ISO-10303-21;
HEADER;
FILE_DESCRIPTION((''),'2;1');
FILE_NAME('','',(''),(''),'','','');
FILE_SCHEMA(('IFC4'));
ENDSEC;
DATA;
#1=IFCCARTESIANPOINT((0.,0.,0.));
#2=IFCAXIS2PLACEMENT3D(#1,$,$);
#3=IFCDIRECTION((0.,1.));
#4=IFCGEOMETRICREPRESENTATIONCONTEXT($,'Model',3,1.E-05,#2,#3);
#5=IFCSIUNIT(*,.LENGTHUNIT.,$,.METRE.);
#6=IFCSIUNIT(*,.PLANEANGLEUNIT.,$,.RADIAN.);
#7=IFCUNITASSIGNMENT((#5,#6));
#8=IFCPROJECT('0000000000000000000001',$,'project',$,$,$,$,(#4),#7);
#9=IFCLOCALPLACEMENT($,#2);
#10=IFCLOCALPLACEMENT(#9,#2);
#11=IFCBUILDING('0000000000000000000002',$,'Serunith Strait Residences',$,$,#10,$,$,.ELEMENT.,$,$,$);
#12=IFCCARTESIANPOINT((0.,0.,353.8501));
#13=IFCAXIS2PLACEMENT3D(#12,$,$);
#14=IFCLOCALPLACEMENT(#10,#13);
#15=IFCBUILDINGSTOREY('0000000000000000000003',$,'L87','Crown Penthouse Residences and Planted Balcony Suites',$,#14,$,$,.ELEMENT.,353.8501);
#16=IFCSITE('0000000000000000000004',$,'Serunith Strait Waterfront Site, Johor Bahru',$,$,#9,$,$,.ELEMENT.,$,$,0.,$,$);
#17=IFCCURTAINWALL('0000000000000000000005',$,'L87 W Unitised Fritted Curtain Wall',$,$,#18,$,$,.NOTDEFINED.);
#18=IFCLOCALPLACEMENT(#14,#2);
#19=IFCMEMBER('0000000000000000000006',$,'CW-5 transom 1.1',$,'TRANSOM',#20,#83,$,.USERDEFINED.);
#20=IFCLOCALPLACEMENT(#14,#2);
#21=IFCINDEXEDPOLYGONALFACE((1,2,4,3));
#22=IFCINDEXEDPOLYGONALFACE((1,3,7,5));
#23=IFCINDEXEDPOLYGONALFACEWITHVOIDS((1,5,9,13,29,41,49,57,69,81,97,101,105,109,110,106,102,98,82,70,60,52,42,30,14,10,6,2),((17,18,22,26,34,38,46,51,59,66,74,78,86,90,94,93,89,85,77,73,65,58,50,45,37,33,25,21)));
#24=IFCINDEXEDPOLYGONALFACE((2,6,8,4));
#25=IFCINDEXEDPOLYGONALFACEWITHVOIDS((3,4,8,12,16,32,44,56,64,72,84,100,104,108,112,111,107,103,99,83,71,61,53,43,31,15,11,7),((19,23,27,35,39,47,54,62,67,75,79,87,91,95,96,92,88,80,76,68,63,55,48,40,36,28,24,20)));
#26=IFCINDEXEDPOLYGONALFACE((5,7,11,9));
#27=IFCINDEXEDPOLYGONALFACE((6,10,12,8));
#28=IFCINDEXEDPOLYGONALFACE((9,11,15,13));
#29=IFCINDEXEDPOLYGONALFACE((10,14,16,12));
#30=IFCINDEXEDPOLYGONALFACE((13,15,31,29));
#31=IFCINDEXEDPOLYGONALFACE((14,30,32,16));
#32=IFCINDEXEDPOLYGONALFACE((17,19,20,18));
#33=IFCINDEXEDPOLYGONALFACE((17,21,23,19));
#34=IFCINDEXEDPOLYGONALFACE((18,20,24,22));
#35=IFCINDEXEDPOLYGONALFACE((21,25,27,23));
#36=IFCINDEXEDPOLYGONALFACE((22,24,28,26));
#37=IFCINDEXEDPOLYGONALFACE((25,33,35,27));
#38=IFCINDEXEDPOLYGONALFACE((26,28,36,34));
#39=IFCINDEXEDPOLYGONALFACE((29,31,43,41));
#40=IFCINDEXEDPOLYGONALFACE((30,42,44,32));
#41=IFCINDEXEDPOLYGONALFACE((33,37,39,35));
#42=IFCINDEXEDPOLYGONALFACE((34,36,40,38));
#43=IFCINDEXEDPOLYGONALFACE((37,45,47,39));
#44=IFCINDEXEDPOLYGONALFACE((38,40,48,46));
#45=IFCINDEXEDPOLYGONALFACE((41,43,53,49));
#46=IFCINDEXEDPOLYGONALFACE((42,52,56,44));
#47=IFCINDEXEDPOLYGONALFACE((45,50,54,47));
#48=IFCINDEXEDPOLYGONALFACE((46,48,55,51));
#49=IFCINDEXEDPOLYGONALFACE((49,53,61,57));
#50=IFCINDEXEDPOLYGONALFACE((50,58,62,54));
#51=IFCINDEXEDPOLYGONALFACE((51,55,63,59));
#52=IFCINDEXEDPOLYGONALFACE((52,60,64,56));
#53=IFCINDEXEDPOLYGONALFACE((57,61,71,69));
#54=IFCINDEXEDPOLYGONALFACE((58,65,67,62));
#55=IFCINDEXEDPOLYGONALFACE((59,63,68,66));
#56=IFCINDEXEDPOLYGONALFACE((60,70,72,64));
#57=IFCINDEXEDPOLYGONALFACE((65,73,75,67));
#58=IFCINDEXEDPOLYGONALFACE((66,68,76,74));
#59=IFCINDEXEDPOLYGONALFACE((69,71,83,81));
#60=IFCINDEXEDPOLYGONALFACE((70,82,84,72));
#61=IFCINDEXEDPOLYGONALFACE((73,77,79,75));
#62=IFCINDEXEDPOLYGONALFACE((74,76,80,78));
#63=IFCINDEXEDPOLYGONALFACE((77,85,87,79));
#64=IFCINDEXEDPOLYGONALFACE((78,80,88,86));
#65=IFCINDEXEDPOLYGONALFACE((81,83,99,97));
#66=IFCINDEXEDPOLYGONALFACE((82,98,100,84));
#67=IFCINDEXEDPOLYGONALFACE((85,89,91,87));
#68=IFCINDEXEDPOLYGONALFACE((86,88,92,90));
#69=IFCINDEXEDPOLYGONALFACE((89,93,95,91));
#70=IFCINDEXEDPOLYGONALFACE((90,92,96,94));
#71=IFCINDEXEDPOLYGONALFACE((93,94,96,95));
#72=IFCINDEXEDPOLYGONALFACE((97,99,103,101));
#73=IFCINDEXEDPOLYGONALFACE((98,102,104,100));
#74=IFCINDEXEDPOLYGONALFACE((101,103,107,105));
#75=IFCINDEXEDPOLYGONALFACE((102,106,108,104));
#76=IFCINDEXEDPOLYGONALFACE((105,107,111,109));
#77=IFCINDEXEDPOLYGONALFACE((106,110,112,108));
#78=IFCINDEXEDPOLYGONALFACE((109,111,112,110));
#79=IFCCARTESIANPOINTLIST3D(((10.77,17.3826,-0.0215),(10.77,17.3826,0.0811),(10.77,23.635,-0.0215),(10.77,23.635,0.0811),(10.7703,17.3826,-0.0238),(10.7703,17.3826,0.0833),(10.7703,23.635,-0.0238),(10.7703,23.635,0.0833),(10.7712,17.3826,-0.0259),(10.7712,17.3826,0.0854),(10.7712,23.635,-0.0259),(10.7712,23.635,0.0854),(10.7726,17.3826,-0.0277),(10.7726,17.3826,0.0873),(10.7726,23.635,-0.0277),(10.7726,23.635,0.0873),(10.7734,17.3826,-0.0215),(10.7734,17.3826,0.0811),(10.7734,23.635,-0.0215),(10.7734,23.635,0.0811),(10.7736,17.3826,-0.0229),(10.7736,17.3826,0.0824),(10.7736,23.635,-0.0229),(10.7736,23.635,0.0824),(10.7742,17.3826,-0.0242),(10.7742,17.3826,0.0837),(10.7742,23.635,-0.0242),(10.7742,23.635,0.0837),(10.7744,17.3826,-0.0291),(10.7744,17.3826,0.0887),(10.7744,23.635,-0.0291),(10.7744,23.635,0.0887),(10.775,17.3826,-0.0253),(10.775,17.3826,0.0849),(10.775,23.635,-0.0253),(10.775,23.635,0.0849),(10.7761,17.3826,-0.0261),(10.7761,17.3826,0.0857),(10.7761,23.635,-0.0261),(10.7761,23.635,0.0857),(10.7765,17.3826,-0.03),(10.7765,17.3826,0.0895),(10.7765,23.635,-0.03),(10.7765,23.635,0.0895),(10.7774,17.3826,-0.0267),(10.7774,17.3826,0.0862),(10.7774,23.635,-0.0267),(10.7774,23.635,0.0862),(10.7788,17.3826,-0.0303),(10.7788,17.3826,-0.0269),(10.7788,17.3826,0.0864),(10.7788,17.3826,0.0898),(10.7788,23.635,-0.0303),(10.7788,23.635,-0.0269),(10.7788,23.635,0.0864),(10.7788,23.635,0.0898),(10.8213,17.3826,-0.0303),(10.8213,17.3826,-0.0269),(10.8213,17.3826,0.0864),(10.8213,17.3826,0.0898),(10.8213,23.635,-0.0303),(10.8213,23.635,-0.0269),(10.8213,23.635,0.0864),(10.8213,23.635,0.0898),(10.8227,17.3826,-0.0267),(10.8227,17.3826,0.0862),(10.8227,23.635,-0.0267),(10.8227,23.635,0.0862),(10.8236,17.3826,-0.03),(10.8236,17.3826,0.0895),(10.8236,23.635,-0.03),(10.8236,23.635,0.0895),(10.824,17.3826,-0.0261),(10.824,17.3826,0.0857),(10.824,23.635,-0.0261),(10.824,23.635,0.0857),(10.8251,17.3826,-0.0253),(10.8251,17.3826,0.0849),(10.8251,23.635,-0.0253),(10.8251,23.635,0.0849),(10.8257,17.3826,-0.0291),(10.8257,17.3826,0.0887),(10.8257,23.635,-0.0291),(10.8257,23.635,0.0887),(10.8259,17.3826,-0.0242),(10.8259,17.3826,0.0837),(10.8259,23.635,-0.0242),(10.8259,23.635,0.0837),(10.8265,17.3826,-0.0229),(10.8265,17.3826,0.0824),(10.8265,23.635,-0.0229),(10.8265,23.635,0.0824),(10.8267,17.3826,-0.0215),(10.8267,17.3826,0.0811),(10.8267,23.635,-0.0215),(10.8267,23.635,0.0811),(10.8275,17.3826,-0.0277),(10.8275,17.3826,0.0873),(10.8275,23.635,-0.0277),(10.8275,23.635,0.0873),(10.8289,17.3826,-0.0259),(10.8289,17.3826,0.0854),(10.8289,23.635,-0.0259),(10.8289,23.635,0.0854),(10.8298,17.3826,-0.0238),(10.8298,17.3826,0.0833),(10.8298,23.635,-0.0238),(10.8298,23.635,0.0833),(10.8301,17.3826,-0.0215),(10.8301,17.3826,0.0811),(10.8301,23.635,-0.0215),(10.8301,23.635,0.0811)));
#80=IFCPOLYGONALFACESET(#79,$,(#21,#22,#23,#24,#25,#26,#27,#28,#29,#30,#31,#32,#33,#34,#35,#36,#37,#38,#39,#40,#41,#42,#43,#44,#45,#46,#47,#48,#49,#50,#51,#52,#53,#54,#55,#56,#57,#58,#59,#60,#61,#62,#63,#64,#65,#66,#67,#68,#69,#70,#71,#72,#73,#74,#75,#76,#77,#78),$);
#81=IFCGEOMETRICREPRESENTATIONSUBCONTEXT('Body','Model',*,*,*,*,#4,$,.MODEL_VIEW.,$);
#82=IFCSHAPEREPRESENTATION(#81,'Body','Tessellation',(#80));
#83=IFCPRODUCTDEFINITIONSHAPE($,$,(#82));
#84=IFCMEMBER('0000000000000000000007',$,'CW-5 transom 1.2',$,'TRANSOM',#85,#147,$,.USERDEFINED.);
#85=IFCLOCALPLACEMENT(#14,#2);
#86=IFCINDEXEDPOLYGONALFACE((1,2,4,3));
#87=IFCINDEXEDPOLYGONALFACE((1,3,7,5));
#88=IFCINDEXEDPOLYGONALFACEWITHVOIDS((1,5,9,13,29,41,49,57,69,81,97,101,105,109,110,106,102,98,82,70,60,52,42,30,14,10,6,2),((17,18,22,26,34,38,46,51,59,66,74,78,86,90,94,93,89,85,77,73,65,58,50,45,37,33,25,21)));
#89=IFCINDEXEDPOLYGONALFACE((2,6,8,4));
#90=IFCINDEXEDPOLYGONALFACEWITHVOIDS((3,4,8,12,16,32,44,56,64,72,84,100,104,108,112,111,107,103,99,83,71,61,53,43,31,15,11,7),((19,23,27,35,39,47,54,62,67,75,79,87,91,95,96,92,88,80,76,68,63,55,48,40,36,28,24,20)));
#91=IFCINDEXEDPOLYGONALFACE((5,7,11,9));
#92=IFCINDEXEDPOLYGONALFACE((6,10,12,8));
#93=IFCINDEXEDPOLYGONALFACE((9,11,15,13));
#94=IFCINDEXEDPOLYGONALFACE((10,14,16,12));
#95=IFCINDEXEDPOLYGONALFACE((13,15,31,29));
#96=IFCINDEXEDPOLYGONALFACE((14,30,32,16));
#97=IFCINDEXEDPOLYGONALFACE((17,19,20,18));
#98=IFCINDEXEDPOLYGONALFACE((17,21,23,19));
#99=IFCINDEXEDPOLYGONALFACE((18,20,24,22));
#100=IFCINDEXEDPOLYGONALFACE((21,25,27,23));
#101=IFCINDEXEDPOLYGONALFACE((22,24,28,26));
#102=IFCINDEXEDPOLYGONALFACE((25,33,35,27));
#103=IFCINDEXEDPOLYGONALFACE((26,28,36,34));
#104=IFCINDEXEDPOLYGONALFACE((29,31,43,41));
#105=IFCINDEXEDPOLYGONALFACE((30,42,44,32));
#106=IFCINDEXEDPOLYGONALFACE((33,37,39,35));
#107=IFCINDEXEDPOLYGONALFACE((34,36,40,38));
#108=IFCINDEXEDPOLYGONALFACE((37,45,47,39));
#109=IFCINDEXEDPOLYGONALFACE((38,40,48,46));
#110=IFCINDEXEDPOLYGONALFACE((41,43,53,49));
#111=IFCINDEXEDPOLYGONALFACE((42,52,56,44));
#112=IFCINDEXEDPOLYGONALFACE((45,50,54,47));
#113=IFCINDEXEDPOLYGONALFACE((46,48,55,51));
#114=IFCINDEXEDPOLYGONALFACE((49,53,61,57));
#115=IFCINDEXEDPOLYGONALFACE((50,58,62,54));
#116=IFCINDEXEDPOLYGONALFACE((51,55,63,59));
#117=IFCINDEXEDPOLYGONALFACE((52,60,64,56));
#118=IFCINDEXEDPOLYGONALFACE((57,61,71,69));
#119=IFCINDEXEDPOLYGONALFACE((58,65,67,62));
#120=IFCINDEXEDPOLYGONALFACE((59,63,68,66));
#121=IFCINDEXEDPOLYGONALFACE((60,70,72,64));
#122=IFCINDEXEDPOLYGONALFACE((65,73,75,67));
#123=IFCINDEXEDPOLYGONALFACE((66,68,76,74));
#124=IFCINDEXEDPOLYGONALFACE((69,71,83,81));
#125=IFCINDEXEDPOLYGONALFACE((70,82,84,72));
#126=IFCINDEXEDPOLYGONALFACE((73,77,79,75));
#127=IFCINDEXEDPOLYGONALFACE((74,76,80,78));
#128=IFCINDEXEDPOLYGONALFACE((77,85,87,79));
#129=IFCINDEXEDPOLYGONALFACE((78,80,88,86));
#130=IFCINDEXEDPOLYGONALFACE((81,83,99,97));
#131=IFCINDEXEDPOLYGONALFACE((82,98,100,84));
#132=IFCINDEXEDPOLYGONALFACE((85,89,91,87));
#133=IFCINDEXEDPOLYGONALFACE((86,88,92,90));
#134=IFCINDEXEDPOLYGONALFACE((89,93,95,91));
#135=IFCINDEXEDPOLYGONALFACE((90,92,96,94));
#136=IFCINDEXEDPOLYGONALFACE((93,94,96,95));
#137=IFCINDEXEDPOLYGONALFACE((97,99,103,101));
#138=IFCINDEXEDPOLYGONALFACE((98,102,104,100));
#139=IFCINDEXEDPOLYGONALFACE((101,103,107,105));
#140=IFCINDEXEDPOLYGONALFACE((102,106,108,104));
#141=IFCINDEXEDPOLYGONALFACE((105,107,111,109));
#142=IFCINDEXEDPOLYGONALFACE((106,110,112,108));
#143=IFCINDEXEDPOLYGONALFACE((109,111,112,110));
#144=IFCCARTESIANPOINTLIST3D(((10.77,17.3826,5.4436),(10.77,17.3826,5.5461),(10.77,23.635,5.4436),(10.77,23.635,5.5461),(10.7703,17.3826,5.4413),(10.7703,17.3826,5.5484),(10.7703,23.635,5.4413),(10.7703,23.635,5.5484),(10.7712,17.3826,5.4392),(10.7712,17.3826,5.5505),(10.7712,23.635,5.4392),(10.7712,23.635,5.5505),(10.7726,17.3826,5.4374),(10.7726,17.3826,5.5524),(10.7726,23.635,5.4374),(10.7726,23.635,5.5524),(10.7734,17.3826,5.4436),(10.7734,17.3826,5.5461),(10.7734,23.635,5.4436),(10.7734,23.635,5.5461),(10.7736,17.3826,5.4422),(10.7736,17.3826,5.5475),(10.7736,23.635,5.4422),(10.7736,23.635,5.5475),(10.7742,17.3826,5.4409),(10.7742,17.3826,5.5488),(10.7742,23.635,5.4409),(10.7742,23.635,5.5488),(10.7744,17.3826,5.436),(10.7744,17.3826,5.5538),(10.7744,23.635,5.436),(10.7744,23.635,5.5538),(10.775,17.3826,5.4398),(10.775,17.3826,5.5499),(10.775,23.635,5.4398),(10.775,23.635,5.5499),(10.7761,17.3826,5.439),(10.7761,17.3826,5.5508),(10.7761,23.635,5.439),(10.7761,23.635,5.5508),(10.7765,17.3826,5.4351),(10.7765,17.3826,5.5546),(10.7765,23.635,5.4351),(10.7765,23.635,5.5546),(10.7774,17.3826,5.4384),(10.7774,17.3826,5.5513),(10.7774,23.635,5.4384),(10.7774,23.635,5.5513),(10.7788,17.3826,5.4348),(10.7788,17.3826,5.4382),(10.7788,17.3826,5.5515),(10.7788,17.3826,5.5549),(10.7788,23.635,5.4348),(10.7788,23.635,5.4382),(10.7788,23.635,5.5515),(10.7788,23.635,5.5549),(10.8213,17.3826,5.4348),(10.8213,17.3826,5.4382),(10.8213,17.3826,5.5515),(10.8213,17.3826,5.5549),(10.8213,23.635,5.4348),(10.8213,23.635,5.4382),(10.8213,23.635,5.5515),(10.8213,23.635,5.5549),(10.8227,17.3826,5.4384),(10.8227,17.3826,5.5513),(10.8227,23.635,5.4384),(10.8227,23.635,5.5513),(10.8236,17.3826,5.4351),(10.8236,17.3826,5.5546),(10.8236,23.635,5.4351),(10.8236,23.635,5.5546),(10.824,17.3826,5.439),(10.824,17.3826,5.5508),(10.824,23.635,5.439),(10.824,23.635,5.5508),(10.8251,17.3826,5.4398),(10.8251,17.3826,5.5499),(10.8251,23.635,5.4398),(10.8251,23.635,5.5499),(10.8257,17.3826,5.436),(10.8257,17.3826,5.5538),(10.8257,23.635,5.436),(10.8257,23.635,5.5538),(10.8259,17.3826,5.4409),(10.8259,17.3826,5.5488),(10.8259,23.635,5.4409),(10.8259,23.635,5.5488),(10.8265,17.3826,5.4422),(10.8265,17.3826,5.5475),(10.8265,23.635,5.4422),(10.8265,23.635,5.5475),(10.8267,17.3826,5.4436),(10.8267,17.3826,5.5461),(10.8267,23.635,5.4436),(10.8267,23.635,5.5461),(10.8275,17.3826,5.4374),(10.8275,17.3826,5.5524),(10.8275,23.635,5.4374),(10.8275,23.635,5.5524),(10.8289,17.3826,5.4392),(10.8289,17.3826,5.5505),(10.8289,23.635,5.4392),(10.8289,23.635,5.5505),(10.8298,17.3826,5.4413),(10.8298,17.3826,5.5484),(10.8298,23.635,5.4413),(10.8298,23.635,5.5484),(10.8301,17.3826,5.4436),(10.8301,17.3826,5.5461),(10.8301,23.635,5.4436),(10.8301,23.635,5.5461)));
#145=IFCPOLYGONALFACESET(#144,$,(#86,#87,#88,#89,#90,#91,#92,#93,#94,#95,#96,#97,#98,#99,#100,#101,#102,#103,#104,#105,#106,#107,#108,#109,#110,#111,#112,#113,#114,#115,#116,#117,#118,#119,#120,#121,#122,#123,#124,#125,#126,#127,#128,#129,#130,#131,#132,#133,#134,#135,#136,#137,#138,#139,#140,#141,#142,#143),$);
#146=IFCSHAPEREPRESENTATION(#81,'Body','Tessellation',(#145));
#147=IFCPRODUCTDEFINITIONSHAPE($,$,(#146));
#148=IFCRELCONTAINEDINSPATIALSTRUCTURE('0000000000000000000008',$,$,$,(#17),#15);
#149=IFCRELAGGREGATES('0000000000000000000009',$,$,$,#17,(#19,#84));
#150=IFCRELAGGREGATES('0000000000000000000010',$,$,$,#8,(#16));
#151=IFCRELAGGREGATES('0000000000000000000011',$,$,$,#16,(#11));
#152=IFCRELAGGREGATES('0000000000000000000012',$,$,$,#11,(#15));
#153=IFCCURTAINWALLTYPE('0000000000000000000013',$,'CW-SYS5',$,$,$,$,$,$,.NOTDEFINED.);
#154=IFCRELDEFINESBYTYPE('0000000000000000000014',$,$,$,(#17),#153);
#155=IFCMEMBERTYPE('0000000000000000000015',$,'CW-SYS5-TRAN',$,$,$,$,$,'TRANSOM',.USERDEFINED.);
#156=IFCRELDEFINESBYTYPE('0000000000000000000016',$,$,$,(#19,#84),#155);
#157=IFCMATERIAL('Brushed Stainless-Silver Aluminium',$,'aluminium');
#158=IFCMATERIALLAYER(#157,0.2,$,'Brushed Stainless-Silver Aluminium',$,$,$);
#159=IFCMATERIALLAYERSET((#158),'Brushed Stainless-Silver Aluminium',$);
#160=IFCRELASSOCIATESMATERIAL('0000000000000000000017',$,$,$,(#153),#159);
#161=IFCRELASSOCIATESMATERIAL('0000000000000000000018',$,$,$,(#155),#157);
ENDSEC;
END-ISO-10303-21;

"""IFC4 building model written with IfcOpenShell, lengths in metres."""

from ifc_helpers import new_model, si_unit, direction, frame, origin, origin_2d, place, context, subcontext, project, spatial, hollow_rectangle, extrude, source, transform, mapped, material, layer, layer_set, material_profile, profile_set, type_object, element, aggregate, save


model = new_model("IFC4")

# Units and contexts
model_context = context("Model", 3, precision=1e-05, world=origin(), true_north=direction((0.0, 1.0)))
body_context = subcontext(model_context, "Body", "Model", "MODEL_VIEW")
ifc_project = project(units=[si_unit("LENGTHUNIT", "METRE"), si_unit("PLANEANGLEUNIT", "RADIAN")], contexts=[model_context])

# Site, building, storey
site_placement = place(None, origin())
site = spatial("IfcSite", under=ifc_project, at=site_placement, Name="Serunith Strait Waterfront Site, Johor Bahru", CompositionType="ELEMENT", RefElevation=0.0)
building_placement = place(site_placement, origin())
building = spatial("IfcBuilding", under=site, at=building_placement, Name="Serunith Strait Residences", CompositionType="ELEMENT")
storey_placement = place(building_placement, frame((0.0, 0.0, 353.8501)))
storey = spatial("IfcBuildingStorey", under=building, at=storey_placement, Name="L87", Description="Crown Penthouse Residences and Planted Balcony Suites", CompositionType="ELEMENT", Elevation=353.8501)

# Curtain wall, members
ifc_material_1 = material(Name="Brushed Stainless-Silver Aluminium", Category="aluminium")
ifc_layer_1 = layer(ifc_material_1, 0.2, Name="Brushed Stainless-Silver Aluminium")
ifc_layer_set_1 = layer_set([ifc_layer_1], Name="Brushed Stainless-Silver Aluminium")
curtain_wall_type = type_object("IfcCurtainWallType", Name="CW-SYS5", PredefinedType="NOTDEFINED", material=ifc_layer_set_1)
curtain_wall_placement = place(storey_placement, origin())
curtain_wall = element("IfcCurtainWall", 1, at=curtain_wall_placement, inside=storey, type_object=curtain_wall_type, Name="L87 W Unitised Fritted Curtain Wall", PredefinedType="NOTDEFINED")
ifc_material_profile_1 = material_profile(ifc_material_1, hollow_rectangle(XDim=0.0601, YDim=0.1201, WallThickness=0.0034, InnerFilletRadius=0.0054, OuterFilletRadius=0.0088, at=origin_2d()), Name="ALU 120x60x3.5")
ifc_profile_set_1 = profile_set([ifc_material_profile_1], Name="Brushed Stainless-Silver Aluminium")
member_type_1 = type_object("IfcMemberType", Name="CW-SYS5-TRAN", ElementType="TRANSOM", PredefinedType="USERDEFINED", material=ifc_profile_set_1)
shared_shape_1 = source(origin(), body_context, "Body", "SweptSolid", [
    extrude(hollow_rectangle(XDim=0.0601, YDim=0.1201, WallThickness=0.0034, InnerFilletRadius=0.0054, OuterFilletRadius=0.0088, at=origin_2d()), origin(), (0.0, 0.0, 1.0), 6.2524),
])
member_1_placement = place(storey_placement, frame((10.8, 23.635, 0.0298), z_axis=(0.0, -1.0, 0.0), x_axis=(1.0, 0.0, 0.0)))
member_1 = element("IfcMember", 2, at=member_1_placement, type_object=member_type_1, Name="CW-5 transom 1.1", ObjectType="TRANSOM", PredefinedType="USERDEFINED", context=body_context, shape_type="MappedRepresentation", body=[
    mapped(shared_shape_1, transform((0.0, 0.0, 0.0), scale=1.0)),
])
member_2_placement = place(storey_placement, frame((10.8, 23.635, 5.4949), z_axis=(0.0, -1.0, 0.0), x_axis=(1.0, 0.0, 0.0)))
member_2 = element("IfcMember", 3, at=member_2_placement, type_object=member_type_1, Name="CW-5 transom 1.2", ObjectType="TRANSOM", PredefinedType="USERDEFINED", context=body_context, shape_type="MappedRepresentation", body=[
    mapped(shared_shape_1, transform((0.0, 0.0, 0.0), scale=1.0)),
])
aggregate(curtain_wall, [member_1, member_2])

save(model, "model.ifc")
